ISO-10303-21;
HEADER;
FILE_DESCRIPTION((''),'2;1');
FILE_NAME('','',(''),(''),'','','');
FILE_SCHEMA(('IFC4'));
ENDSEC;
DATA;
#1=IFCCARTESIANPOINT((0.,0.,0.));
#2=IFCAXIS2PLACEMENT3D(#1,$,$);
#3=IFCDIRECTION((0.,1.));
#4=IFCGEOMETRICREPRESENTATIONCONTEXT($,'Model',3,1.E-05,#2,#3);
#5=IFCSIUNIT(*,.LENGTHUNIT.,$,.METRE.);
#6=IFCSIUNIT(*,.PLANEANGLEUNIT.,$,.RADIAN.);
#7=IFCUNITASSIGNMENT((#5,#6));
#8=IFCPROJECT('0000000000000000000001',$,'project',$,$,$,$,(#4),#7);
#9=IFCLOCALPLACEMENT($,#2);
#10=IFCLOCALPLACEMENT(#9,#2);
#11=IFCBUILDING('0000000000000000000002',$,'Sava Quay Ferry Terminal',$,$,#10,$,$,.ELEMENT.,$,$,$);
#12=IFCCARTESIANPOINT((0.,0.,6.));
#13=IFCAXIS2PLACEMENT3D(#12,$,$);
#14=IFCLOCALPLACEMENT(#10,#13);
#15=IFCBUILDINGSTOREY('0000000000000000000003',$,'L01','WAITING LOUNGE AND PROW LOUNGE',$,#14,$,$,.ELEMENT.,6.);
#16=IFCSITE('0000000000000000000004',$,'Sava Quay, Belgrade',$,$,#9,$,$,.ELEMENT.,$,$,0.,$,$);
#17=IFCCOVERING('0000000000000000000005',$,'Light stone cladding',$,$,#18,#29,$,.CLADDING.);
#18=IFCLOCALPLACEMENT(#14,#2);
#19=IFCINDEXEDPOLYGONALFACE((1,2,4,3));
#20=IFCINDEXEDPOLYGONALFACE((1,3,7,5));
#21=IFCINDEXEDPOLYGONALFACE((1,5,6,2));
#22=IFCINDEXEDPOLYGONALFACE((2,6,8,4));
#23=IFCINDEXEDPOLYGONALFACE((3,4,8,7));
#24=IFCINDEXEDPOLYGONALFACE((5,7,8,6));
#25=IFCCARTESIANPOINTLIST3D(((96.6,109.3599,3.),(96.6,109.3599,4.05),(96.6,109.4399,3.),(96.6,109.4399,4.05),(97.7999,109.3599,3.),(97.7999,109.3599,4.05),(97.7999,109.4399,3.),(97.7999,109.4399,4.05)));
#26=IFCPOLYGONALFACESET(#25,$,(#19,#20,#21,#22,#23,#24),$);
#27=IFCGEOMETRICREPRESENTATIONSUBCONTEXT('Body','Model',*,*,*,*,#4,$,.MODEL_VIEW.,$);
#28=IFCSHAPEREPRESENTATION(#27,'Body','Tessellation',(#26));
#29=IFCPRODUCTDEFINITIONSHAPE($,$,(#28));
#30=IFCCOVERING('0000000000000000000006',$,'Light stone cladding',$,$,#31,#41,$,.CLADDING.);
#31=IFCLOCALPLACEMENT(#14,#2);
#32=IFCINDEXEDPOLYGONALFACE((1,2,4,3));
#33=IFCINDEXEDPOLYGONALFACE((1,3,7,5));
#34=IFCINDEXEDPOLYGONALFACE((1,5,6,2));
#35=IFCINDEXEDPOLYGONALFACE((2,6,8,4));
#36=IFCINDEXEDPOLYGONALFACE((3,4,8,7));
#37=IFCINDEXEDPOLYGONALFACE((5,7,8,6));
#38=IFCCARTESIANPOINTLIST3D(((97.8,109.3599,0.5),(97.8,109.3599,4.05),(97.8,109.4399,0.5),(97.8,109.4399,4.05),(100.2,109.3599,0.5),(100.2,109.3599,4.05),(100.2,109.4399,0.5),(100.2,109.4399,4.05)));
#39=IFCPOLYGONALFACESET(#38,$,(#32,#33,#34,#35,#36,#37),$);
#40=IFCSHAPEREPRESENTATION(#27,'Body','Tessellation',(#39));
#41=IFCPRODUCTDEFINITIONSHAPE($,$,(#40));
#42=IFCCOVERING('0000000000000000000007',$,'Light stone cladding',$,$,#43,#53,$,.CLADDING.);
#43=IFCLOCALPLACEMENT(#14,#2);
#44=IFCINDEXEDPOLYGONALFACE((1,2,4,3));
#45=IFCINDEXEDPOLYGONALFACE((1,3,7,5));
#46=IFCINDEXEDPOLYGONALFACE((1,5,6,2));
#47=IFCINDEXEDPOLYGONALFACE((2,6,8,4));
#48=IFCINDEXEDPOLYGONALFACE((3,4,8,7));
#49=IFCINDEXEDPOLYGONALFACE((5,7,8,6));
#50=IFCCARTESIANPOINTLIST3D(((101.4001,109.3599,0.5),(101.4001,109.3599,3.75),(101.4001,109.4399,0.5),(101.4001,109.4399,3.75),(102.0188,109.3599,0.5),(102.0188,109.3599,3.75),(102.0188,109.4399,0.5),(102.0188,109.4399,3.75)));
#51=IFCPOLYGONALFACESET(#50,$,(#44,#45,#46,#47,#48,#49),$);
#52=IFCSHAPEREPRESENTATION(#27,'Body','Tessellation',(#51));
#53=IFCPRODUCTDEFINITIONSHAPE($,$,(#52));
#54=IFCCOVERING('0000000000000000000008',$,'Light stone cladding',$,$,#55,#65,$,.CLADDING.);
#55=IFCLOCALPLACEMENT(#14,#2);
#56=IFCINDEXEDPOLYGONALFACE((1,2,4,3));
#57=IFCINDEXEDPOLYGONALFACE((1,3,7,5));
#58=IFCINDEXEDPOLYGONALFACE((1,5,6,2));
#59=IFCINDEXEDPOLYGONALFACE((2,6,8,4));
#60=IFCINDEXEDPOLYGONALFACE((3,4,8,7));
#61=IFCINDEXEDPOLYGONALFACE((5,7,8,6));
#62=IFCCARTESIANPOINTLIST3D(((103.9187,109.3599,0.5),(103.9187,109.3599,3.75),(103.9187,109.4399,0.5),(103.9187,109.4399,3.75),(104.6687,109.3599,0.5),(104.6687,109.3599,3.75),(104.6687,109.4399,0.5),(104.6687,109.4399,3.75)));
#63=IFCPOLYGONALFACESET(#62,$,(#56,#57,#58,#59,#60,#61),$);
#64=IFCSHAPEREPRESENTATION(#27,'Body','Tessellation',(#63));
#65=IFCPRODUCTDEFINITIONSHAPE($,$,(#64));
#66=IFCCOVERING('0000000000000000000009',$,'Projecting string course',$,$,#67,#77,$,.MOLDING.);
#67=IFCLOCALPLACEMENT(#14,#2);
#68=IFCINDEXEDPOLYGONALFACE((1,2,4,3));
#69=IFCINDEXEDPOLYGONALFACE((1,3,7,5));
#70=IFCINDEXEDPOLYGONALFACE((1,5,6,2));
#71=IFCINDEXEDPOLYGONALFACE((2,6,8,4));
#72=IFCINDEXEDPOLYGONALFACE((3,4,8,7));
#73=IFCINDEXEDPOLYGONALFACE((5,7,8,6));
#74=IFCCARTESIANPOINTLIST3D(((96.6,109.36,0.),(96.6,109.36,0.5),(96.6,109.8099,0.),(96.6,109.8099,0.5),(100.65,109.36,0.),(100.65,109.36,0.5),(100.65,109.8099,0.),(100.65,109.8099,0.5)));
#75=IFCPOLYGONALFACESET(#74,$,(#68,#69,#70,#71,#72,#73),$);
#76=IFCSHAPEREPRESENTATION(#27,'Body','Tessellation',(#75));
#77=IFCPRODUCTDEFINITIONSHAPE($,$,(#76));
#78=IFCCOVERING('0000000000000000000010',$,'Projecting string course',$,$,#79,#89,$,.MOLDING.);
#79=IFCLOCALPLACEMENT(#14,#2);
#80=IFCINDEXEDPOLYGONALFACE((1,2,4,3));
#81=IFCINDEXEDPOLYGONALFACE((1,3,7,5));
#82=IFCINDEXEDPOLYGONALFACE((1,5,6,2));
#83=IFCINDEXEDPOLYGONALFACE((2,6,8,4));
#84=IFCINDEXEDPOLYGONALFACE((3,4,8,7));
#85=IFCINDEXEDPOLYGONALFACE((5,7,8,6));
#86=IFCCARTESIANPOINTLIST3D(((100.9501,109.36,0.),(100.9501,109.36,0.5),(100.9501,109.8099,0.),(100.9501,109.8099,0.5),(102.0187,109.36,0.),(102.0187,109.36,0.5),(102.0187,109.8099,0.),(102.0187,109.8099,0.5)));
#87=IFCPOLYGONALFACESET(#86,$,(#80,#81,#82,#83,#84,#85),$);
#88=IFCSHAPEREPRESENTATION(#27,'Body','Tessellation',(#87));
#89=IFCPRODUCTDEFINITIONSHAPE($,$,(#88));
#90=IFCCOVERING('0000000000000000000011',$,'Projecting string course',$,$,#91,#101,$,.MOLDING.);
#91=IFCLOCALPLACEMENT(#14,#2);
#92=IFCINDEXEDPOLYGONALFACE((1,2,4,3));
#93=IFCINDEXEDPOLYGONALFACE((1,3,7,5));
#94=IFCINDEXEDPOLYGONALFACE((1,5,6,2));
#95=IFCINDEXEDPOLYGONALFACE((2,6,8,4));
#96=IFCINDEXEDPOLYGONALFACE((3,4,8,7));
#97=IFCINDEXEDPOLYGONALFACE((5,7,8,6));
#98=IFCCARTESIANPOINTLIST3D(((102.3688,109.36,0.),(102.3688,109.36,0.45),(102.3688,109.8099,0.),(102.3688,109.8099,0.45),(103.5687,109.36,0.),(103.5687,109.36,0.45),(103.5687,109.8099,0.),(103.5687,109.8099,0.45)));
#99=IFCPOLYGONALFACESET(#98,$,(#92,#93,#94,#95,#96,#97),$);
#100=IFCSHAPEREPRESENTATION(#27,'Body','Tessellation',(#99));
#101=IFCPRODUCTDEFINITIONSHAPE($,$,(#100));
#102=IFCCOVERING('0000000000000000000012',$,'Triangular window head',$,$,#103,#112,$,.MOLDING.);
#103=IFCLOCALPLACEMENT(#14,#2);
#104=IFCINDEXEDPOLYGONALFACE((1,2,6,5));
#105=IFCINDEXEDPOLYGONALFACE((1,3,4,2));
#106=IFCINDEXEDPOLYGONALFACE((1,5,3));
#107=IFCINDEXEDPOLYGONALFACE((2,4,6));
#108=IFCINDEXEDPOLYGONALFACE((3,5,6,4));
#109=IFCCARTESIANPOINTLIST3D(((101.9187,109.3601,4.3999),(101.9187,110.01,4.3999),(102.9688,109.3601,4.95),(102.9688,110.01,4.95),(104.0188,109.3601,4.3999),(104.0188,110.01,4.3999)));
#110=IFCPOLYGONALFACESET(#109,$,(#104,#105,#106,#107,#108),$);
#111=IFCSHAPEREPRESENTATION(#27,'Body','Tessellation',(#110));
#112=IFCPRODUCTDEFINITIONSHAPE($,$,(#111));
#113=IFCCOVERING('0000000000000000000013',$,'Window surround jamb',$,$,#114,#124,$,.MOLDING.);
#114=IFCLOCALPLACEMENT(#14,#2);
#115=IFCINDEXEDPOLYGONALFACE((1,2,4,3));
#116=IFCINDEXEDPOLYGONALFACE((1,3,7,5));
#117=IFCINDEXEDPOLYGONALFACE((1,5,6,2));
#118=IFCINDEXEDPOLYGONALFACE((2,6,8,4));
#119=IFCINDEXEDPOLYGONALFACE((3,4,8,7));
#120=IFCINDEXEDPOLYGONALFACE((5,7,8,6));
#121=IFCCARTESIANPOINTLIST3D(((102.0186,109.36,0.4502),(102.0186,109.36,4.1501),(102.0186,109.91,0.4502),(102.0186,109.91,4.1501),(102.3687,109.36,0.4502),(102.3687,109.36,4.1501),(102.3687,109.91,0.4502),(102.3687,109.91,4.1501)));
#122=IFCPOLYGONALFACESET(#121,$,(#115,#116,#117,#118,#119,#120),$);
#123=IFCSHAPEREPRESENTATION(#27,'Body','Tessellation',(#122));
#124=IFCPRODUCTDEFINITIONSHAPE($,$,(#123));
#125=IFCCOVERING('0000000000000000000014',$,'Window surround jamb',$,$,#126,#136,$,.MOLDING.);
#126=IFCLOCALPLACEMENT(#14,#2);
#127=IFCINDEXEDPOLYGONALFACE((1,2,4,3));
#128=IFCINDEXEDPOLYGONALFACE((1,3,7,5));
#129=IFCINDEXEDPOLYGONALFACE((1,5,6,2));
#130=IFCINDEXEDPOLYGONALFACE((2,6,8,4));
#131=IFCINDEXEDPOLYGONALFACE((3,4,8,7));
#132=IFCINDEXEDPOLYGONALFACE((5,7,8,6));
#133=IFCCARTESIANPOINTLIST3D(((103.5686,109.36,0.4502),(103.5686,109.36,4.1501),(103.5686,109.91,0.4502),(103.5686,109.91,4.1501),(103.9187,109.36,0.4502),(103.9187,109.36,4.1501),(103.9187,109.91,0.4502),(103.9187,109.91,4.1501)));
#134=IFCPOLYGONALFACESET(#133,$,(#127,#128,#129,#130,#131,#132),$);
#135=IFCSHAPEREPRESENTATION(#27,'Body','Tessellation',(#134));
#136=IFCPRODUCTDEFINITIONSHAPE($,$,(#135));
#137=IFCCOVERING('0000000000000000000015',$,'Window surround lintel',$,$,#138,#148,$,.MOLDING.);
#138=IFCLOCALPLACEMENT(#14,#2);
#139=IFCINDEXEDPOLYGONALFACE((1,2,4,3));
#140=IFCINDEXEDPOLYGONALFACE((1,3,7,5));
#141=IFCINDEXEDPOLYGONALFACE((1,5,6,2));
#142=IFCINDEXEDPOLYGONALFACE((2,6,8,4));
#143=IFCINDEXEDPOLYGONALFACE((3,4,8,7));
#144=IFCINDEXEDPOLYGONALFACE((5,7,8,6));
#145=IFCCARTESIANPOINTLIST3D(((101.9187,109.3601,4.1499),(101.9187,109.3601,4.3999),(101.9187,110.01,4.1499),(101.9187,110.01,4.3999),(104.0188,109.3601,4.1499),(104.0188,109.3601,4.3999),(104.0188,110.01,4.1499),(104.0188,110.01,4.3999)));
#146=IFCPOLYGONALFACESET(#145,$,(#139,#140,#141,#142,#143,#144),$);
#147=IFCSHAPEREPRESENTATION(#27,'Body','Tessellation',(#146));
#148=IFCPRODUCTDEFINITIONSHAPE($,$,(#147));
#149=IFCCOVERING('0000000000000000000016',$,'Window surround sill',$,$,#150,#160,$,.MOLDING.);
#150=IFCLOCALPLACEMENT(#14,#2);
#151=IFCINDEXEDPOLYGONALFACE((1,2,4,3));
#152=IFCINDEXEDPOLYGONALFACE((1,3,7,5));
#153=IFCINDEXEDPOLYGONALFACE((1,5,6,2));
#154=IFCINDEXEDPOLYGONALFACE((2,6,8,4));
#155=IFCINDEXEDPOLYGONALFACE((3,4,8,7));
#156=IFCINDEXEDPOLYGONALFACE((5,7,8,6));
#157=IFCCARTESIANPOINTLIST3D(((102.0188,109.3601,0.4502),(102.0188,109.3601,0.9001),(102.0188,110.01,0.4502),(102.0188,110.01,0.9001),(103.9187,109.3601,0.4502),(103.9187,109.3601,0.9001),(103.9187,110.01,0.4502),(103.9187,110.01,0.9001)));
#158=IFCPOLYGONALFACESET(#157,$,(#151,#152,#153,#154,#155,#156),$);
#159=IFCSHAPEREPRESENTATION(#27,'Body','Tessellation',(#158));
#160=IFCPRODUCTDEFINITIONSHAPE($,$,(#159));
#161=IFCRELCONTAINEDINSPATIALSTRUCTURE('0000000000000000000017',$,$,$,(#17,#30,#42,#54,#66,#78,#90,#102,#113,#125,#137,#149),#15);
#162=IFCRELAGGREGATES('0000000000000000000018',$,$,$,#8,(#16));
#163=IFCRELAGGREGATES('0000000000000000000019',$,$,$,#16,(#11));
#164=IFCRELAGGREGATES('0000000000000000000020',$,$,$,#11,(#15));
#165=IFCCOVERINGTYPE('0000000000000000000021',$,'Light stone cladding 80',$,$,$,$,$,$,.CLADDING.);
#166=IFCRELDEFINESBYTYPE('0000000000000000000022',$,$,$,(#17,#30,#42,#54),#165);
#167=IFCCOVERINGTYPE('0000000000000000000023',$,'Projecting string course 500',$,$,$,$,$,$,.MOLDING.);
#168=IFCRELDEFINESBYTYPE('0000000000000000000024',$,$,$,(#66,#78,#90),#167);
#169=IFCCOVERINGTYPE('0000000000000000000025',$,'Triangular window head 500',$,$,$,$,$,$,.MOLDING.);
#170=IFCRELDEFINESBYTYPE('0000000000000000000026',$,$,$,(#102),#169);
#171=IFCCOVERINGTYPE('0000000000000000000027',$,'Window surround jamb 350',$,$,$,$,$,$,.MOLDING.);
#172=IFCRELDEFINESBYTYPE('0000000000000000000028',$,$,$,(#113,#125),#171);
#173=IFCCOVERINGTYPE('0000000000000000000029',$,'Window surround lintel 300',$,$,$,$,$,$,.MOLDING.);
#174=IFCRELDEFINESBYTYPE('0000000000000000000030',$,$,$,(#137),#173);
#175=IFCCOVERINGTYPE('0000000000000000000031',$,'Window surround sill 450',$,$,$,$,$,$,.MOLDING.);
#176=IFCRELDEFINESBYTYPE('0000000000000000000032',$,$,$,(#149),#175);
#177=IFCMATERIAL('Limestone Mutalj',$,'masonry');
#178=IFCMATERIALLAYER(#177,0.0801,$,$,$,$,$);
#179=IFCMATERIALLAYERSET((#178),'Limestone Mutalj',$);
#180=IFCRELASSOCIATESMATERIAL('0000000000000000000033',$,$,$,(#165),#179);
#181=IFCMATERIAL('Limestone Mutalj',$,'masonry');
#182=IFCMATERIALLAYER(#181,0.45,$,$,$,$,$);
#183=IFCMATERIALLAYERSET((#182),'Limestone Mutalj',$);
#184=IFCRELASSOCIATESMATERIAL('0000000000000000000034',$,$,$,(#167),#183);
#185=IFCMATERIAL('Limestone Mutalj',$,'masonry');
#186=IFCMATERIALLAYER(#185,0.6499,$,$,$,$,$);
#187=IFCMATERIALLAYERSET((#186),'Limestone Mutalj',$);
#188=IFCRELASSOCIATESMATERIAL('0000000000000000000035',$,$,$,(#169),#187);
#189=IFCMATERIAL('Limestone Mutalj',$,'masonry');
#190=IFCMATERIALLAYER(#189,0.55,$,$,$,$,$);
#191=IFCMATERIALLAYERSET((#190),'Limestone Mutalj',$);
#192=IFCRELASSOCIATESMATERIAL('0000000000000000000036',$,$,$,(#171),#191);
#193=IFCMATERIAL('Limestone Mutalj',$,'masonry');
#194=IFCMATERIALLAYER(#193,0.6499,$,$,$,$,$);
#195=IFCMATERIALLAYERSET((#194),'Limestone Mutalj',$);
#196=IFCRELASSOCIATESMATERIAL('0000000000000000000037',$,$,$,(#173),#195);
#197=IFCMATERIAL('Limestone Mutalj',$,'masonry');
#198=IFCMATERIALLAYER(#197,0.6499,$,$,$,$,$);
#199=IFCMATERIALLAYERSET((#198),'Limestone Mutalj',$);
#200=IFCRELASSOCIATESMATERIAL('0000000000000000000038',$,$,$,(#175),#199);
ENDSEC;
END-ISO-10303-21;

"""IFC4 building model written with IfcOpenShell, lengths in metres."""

from ifc_helpers import new_model, si_unit, direction, frame, origin, origin_2d, place, context, subcontext, project, spatial, polyline, rectangle, outline, extrude, material, layer, layer_set, type_object, element, save


model = new_model("IFC4")

# Units and contexts
model_context = context("Model", 3, precision=1e-05, world=origin(), true_north=direction((0.0, 1.0)))
body_context = subcontext(model_context, "Body", "Model", "MODEL_VIEW")
ifc_project = project(units=[si_unit("LENGTHUNIT", "METRE"), si_unit("PLANEANGLEUNIT", "RADIAN")], contexts=[model_context])

# Site, building, storey
site_placement = place(None, origin())
site = spatial("IfcSite", under=ifc_project, at=site_placement, Name="Sava Quay, Belgrade", CompositionType="ELEMENT", RefElevation=0.0)
building_placement = place(site_placement, origin())
building = spatial("IfcBuilding", under=site, at=building_placement, Name="Sava Quay Ferry Terminal", CompositionType="ELEMENT")
storey_placement = place(building_placement, frame((0.0, 0.0, 6.0)))
storey = spatial("IfcBuildingStorey", under=building, at=storey_placement, Name="L01", Description="WAITING LOUNGE AND PROW LOUNGE", CompositionType="ELEMENT", Elevation=6.0)

# Coverings
ifc_material_1 = material(Name="Limestone Mutalj", Category="masonry")
ifc_layer_1 = layer(ifc_material_1, 0.0801)
ifc_layer_set_1 = layer_set([ifc_layer_1], Name="Limestone Mutalj")
covering_type_1 = type_object("IfcCoveringType", Name="Light stone cladding 80", PredefinedType="CLADDING", material=ifc_layer_set_1)
covering_1_placement = place(storey_placement, frame((97.2, 109.3999, 3.0), z_axis=(0.0, 0.0, 1.0), x_axis=(1.0, 0.0, 0.0)))
element("IfcCovering", 1, at=covering_1_placement, inside=storey, type_object=covering_type_1, Name="Light stone cladding", PredefinedType="CLADDING", context=body_context, shape_type="SweptSolid", body=[
    extrude(rectangle(XDim=1.2, YDim=0.0801, at=origin_2d()), origin(), (0.0, 0.0, 1.0), 1.05),
])
covering_2_placement = place(storey_placement, frame((99.0, 109.3999, 0.5), z_axis=(0.0, 0.0, 1.0), x_axis=(1.0, 0.0, 0.0)))
element("IfcCovering", 2, at=covering_2_placement, inside=storey, type_object=covering_type_1, Name="Light stone cladding", PredefinedType="CLADDING", context=body_context, shape_type="SweptSolid", body=[
    extrude(rectangle(XDim=2.3999, YDim=0.0801, at=origin_2d()), origin(), (0.0, 0.0, 1.0), 3.55),
])
covering_3_placement = place(storey_placement, frame((101.7095, 109.3999, 0.5), z_axis=(0.0, 0.0, 1.0), x_axis=(1.0, 0.0, 0.0)))
element("IfcCovering", 3, at=covering_3_placement, inside=storey, type_object=covering_type_1, Name="Light stone cladding", PredefinedType="CLADDING", context=body_context, shape_type="SweptSolid", body=[
    extrude(rectangle(XDim=0.6187, YDim=0.0801, at=origin_2d()), origin(), (0.0, 0.0, 1.0), 3.25),
])
covering_4_placement = place(storey_placement, frame((104.2937, 109.3999, 0.5), z_axis=(0.0, 0.0, 1.0), x_axis=(1.0, 0.0, 0.0)))
element("IfcCovering", 4, at=covering_4_placement, inside=storey, type_object=covering_type_1, Name="Light stone cladding", PredefinedType="CLADDING", context=body_context, shape_type="SweptSolid", body=[
    extrude(rectangle(XDim=0.75, YDim=0.0801, at=origin_2d()), origin(), (0.0, 0.0, 1.0), 3.25),
])
ifc_material_2 = material(Name="Limestone Mutalj", Category="masonry")
ifc_layer_2 = layer(ifc_material_2, 0.45)
ifc_layer_set_2 = layer_set([ifc_layer_2], Name="Limestone Mutalj")
covering_type_2 = type_object("IfcCoveringType", Name="Projecting string course 500", PredefinedType="MOLDING", material=ifc_layer_set_2)
covering_5_placement = place(storey_placement, frame((98.625, 109.585, 0.0), z_axis=(0.0, 0.0, 1.0), x_axis=(1.0, 0.0, 0.0)))
element("IfcCovering", 5, at=covering_5_placement, inside=storey, type_object=covering_type_2, Name="Projecting string course", PredefinedType="MOLDING", context=body_context, shape_type="SweptSolid", body=[
    extrude(rectangle(XDim=4.05, YDim=0.45, at=origin_2d()), origin(), (0.0, 0.0, 1.0), 0.5),
])
covering_6_placement = place(storey_placement, frame((101.4844, 109.585, 0.0), z_axis=(0.0, 0.0, 1.0), x_axis=(1.0, 0.0, 0.0)))
element("IfcCovering", 6, at=covering_6_placement, inside=storey, type_object=covering_type_2, Name="Projecting string course", PredefinedType="MOLDING", context=body_context, shape_type="SweptSolid", body=[
    extrude(rectangle(XDim=1.0686, YDim=0.45, at=origin_2d()), origin(), (0.0, 0.0, 1.0), 0.5),
])
covering_7_placement = place(storey_placement, frame((102.9688, 109.585, 0.0), z_axis=(0.0, 0.0, 1.0), x_axis=(1.0, 0.0, 0.0)))
element("IfcCovering", 7, at=covering_7_placement, inside=storey, type_object=covering_type_2, Name="Projecting string course", PredefinedType="MOLDING", context=body_context, shape_type="SweptSolid", body=[
    extrude(rectangle(XDim=1.2, YDim=0.45, at=origin_2d()), origin(), (0.0, 0.0, 1.0), 0.45),
])
ifc_material_3 = material(Name="Limestone Mutalj", Category="masonry")
ifc_layer_3 = layer(ifc_material_3, 0.6499)
ifc_layer_set_3 = layer_set([ifc_layer_3], Name="Limestone Mutalj")
covering_type_3 = type_object("IfcCoveringType", Name="Triangular window head 500", PredefinedType="MOLDING", material=ifc_layer_set_3)
covering_8_placement = place(storey_placement, frame((101.9187, 109.3601, 4.3999), z_axis=(0.0, -1.0, 0.0), x_axis=(1.0, 0.0, 0.0)))
element("IfcCovering", 8, at=covering_8_placement, inside=storey, type_object=covering_type_3, Name="Triangular window head", PredefinedType="MOLDING", context=body_context, shape_type="SweptSolid", body=[
    extrude(outline(polyline([(0.0, 0.0), (2.1001, 0.0), (1.05, 0.55), (0.0, 0.0)])), origin(), (0.0, 0.0, -1.0), 0.6499),
])
ifc_material_4 = material(Name="Limestone Mutalj", Category="masonry")
ifc_layer_4 = layer(ifc_material_4, 0.55)
ifc_layer_set_4 = layer_set([ifc_layer_4], Name="Limestone Mutalj")
covering_type_4 = type_object("IfcCoveringType", Name="Window surround jamb 350", PredefinedType="MOLDING", material=ifc_layer_set_4)
for number, where, z_axis, x_axis, name in (
    (9, (102.1936, 109.635, 0.4502), (0.0, 0.0, 1.0), (1.0, 0.0, 0.0), "Window surround jamb"),
    (10, (103.7437, 109.635, 0.4502), (0.0, 0.0, 1.0), (1.0, 0.0, 0.0), "Window surround jamb"),
):
    element("IfcCovering", number, at=place(storey_placement, frame(where, z_axis=z_axis, x_axis=x_axis)), inside=storey, type_object=covering_type_4, Name=name, PredefinedType="MOLDING", context=body_context, shape_type="SweptSolid", body=[
        extrude(rectangle(XDim=0.3501, YDim=0.55, at=origin_2d()), origin(), (0.0, 0.0, 1.0), 3.7),
    ])
ifc_material_5 = material(Name="Limestone Mutalj", Category="masonry")
ifc_layer_5 = layer(ifc_material_5, 0.6499)
ifc_layer_set_5 = layer_set([ifc_layer_5], Name="Limestone Mutalj")
covering_type_5 = type_object("IfcCoveringType", Name="Window surround lintel 300", PredefinedType="MOLDING", material=ifc_layer_set_5)
covering_9_placement = place(storey_placement, frame((102.9688, 109.6851, 4.1499), z_axis=(0.0, 0.0, 1.0), x_axis=(1.0, 0.0, 0.0)))
element("IfcCovering", 11, at=covering_9_placement, inside=storey, type_object=covering_type_5, Name="Window surround lintel", PredefinedType="MOLDING", context=body_context, shape_type="SweptSolid", body=[
    extrude(rectangle(XDim=2.1001, YDim=0.6499, at=origin_2d()), origin(), (0.0, 0.0, 1.0), 0.25),
])
ifc_material_6 = material(Name="Limestone Mutalj", Category="masonry")
ifc_layer_6 = layer(ifc_material_6, 0.6499)
ifc_layer_set_6 = layer_set([ifc_layer_6], Name="Limestone Mutalj")
covering_type_6 = type_object("IfcCoveringType", Name="Window surround sill 450", PredefinedType="MOLDING", material=ifc_layer_set_6)
covering_10_placement = place(storey_placement, frame((102.9688, 109.6851, 0.4502), z_axis=(0.0, 0.0, 1.0), x_axis=(1.0, 0.0, 0.0)))
element("IfcCovering", 12, at=covering_10_placement, inside=storey, type_object=covering_type_6, Name="Window surround sill", PredefinedType="MOLDING", context=body_context, shape_type="SweptSolid", body=[
    extrude(rectangle(XDim=1.8999, YDim=0.6499, at=origin_2d()), origin(), (0.0, 0.0, 1.0), 0.45),
])

save(model, "model.ifc")
